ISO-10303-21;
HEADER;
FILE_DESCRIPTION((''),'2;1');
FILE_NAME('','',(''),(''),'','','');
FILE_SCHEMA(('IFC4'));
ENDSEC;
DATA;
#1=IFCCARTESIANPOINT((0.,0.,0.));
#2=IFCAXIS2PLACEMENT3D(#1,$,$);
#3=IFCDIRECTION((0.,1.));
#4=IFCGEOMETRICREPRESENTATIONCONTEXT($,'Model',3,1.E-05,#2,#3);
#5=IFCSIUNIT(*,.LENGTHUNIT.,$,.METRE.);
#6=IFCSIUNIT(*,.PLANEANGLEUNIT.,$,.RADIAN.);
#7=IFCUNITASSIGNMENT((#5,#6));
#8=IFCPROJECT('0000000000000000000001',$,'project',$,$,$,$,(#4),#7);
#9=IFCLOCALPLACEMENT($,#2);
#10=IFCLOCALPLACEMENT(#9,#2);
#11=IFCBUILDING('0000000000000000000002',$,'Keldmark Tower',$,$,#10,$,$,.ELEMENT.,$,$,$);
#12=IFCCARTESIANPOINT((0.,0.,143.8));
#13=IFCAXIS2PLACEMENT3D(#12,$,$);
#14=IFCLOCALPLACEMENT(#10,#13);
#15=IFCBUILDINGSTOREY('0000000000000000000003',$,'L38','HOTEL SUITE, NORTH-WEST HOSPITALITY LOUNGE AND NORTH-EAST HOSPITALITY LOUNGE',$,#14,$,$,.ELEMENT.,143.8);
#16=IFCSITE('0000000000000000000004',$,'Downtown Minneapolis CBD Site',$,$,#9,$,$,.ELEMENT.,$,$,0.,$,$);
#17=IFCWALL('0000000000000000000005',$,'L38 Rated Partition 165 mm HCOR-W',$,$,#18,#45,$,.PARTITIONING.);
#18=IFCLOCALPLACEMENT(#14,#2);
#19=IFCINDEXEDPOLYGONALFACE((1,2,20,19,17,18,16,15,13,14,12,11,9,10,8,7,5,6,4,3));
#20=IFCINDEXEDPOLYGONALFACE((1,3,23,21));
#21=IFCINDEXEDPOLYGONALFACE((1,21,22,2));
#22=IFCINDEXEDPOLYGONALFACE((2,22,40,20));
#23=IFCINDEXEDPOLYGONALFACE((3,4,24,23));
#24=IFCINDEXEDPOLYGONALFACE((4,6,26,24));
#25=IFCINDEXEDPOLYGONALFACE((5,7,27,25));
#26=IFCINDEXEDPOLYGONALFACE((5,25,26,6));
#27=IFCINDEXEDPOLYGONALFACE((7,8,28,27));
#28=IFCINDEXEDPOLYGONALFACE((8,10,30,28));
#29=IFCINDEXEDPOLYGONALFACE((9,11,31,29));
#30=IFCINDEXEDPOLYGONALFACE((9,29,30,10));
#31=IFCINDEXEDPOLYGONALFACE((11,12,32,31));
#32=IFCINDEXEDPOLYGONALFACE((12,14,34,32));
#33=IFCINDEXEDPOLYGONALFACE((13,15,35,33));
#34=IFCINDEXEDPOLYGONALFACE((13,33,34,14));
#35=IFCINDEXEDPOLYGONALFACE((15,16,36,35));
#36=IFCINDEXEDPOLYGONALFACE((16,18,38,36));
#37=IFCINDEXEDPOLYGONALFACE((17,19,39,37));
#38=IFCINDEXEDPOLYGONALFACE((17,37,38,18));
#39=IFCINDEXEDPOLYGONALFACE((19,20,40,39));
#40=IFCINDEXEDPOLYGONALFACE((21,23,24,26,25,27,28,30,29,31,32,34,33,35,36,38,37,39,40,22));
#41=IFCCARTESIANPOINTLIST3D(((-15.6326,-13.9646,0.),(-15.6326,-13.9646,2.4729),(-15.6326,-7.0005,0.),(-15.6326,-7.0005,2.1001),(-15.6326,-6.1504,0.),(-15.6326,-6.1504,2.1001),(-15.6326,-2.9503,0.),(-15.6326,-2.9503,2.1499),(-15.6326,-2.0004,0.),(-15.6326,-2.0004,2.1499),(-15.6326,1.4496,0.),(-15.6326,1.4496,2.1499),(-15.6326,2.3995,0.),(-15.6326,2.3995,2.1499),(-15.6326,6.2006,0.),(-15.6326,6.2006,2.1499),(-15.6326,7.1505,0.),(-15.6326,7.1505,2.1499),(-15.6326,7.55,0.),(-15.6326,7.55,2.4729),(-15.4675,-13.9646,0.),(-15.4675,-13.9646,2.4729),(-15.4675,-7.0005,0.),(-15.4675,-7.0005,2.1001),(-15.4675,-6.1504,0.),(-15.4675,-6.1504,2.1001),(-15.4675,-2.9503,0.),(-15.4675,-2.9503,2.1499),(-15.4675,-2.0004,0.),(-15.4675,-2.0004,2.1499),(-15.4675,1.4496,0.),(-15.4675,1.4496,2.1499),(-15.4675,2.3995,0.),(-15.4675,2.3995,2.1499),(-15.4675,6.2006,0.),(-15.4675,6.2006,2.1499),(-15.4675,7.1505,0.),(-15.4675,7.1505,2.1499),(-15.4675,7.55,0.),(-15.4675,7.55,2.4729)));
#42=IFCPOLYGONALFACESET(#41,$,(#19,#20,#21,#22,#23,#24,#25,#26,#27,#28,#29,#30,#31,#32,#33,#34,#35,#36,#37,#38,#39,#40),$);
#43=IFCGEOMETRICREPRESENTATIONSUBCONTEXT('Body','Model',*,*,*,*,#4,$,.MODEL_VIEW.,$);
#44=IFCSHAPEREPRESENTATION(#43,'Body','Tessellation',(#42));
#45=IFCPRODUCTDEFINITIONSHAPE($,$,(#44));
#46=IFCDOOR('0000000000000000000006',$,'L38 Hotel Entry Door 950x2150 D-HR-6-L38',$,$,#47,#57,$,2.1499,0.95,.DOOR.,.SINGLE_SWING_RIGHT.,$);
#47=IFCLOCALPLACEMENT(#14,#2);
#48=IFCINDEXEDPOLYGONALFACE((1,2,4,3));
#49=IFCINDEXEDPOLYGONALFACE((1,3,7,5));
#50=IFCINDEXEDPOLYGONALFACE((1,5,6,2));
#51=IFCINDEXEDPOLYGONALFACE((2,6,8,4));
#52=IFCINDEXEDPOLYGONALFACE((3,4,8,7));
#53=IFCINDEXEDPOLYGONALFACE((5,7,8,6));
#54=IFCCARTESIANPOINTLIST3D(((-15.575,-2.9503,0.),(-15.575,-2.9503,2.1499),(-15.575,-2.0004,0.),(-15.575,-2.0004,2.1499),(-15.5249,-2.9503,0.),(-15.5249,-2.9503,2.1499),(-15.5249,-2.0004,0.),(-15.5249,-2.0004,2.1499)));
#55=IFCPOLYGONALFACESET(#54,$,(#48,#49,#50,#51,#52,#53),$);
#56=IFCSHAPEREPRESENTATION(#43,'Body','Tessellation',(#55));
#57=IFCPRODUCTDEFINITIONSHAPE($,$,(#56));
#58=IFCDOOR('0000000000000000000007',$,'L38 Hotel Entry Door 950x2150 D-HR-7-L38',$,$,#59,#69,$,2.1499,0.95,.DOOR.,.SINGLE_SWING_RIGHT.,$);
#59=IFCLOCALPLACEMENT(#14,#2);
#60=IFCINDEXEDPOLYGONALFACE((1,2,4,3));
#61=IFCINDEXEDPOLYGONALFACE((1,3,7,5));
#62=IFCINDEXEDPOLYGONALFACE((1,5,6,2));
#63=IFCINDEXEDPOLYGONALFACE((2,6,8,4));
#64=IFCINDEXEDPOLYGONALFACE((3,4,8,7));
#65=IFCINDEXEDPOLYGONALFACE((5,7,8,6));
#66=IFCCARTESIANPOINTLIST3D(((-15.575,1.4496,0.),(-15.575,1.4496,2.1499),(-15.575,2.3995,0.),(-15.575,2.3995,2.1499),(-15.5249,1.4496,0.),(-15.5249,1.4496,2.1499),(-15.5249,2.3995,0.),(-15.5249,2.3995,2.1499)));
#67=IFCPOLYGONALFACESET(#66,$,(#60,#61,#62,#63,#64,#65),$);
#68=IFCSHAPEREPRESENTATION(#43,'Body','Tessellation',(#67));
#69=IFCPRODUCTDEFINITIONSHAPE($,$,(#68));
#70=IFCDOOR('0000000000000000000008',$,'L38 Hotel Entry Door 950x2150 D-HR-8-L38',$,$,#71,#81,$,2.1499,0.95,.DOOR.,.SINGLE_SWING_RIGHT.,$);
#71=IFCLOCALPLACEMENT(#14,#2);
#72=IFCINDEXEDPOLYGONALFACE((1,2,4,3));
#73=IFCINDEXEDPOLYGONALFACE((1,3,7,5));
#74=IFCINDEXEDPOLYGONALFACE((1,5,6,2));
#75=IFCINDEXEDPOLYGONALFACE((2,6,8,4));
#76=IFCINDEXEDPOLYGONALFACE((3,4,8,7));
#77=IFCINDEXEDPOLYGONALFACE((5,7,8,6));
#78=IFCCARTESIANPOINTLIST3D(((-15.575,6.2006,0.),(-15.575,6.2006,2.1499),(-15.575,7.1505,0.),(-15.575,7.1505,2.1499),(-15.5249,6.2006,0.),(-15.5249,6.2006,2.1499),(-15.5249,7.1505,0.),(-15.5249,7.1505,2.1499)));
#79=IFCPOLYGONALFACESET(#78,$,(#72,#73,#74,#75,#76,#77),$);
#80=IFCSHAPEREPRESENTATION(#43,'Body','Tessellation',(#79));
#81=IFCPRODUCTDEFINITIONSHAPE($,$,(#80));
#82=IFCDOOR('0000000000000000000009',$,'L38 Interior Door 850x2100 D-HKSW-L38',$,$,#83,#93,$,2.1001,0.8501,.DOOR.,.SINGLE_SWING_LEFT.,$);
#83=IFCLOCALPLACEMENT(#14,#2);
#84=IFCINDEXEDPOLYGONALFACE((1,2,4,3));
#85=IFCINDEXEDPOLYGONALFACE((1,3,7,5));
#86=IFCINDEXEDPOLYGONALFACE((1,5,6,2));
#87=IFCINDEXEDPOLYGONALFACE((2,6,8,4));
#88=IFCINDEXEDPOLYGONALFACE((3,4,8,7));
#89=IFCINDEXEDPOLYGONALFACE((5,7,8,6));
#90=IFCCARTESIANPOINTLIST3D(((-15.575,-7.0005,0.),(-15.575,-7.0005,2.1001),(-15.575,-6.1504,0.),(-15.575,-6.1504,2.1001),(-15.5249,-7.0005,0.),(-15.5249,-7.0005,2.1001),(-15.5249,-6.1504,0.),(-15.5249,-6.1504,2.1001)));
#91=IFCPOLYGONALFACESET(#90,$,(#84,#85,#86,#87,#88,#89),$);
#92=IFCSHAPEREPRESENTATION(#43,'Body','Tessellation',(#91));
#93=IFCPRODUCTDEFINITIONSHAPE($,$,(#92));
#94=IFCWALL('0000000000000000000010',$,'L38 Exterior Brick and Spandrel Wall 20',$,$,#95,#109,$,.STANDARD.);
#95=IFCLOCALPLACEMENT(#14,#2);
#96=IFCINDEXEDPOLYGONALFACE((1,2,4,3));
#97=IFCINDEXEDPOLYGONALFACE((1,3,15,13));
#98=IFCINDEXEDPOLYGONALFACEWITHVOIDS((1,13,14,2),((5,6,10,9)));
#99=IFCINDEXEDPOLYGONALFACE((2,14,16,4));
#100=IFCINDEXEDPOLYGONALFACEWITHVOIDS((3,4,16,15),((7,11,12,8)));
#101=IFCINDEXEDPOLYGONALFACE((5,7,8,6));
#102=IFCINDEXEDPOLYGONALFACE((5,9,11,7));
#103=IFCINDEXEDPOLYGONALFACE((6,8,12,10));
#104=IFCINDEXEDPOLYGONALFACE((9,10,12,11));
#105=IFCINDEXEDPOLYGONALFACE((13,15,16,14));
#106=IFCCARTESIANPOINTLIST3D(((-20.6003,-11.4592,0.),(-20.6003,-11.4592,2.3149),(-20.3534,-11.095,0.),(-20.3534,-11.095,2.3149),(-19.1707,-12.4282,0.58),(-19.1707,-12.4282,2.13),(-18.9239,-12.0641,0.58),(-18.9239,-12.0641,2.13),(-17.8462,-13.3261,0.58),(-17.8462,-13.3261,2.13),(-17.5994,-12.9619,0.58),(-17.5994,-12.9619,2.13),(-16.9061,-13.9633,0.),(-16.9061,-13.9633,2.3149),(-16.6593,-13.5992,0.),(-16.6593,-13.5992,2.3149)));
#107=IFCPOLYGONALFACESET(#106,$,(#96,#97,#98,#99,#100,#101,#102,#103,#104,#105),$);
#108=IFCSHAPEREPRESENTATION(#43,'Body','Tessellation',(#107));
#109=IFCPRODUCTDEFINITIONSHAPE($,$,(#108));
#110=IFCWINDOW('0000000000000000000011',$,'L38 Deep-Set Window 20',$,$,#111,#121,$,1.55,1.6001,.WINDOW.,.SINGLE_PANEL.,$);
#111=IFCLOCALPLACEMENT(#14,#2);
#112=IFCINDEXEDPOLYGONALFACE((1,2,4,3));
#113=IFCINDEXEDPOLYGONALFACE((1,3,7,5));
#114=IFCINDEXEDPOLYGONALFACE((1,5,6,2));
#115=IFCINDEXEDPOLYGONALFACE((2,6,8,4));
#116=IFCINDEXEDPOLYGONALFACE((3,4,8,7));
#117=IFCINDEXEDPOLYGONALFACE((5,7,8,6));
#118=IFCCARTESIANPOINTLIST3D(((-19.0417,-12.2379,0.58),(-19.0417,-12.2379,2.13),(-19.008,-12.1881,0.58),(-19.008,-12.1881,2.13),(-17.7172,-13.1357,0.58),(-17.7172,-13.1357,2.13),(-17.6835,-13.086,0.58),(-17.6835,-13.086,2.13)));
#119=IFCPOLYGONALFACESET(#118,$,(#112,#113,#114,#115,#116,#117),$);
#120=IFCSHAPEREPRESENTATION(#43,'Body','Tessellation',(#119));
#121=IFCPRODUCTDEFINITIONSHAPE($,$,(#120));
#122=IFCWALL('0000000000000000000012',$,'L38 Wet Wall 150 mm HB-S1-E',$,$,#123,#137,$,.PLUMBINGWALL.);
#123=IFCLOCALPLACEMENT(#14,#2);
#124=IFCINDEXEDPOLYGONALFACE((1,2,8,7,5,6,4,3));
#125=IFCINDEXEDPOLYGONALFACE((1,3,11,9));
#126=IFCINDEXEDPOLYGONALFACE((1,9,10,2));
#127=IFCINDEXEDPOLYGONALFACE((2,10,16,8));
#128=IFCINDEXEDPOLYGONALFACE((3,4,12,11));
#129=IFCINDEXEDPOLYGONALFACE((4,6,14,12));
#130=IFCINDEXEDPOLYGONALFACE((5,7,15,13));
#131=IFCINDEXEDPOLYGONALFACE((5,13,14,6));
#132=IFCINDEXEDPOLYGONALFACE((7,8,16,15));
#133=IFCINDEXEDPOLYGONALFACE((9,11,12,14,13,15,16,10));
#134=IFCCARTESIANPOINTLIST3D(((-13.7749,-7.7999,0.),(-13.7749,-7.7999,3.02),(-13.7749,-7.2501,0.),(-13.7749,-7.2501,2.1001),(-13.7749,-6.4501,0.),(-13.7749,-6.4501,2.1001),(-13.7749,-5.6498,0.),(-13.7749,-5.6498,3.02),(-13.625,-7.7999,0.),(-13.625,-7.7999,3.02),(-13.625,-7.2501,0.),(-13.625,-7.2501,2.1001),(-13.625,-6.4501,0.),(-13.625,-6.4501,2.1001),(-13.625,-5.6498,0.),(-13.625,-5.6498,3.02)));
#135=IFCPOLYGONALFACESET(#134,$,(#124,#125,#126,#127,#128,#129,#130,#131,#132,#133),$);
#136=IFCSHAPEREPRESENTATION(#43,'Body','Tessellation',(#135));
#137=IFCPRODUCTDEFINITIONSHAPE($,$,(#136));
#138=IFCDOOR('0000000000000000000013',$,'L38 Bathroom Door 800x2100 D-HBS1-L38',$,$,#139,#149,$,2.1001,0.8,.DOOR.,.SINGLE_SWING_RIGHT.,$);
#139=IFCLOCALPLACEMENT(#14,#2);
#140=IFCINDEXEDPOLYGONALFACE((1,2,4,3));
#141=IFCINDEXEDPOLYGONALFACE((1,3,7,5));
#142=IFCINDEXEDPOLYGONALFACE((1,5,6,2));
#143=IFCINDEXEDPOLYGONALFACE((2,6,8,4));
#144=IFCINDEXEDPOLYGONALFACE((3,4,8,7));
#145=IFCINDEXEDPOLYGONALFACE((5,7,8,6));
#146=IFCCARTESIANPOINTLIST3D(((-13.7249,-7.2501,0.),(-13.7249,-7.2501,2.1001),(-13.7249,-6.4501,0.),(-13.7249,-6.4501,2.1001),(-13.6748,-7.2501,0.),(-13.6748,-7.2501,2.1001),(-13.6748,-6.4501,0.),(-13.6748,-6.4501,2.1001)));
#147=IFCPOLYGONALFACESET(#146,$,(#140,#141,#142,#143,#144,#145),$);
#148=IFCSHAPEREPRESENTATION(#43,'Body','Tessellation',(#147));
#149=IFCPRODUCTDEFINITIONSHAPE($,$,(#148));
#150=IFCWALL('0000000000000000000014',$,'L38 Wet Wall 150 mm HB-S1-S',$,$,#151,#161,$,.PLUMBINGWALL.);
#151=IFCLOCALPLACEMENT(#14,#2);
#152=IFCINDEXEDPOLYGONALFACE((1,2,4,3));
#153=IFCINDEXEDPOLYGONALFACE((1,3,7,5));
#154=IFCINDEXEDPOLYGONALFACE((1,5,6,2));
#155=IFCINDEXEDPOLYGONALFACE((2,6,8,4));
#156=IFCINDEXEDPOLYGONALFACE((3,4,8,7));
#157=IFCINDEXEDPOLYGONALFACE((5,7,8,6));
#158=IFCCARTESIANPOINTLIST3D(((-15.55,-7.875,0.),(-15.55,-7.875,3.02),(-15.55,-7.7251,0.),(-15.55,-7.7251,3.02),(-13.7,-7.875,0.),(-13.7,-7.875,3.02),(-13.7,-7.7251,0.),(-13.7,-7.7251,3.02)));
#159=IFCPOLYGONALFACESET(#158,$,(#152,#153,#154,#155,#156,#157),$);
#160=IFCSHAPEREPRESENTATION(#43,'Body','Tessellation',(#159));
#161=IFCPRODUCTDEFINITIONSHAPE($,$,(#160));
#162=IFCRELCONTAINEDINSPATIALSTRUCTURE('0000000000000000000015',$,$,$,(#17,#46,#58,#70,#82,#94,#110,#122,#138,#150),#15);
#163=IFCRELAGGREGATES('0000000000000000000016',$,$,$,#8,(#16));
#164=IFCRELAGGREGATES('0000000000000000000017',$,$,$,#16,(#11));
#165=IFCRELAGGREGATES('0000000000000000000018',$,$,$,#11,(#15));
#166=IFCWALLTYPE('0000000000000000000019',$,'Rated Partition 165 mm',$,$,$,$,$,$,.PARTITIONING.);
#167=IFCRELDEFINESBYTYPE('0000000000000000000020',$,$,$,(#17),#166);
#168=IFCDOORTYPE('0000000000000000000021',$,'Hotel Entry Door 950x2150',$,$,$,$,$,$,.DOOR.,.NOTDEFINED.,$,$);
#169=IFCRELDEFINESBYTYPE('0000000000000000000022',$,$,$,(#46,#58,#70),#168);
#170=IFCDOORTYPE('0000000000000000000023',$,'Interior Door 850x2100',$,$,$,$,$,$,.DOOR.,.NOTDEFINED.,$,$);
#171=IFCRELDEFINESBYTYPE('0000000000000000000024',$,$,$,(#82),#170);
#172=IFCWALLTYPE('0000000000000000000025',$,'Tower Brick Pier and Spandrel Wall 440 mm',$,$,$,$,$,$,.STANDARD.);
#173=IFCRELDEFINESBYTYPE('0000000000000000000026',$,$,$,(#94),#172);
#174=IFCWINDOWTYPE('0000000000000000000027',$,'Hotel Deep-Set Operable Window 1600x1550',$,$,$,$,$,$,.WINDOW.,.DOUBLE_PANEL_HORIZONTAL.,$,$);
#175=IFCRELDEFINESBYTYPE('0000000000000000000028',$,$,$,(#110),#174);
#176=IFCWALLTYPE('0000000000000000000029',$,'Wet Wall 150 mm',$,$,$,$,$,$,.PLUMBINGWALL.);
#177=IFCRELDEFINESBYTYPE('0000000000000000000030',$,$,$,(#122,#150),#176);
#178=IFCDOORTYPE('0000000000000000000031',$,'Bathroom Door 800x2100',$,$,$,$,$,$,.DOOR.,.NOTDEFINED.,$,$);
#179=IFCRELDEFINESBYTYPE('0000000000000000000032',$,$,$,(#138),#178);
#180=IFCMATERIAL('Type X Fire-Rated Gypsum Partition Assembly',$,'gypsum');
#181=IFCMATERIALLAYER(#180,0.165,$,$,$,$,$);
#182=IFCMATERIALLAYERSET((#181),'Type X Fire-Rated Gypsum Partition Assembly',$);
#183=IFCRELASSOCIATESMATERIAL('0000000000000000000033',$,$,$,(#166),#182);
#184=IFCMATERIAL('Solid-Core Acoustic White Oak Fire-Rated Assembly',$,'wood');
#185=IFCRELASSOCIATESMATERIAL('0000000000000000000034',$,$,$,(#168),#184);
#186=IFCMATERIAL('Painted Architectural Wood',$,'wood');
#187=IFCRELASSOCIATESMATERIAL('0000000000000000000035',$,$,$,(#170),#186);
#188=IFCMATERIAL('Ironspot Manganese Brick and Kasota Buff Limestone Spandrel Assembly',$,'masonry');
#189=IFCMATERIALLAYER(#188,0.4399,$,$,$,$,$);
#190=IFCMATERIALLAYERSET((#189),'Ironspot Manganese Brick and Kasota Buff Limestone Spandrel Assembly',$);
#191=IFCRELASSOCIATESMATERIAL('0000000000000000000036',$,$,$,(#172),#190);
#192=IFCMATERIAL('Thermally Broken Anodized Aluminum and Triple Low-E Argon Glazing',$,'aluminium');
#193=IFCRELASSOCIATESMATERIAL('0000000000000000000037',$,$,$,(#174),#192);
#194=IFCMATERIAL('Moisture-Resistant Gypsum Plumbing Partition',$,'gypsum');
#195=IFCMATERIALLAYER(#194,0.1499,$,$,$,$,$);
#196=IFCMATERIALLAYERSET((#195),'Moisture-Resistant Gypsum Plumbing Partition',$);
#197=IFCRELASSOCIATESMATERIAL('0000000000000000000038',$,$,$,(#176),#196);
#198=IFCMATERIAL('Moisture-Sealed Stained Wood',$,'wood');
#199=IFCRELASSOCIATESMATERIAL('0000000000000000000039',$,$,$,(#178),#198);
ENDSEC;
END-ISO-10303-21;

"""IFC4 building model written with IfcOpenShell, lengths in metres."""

from ifc_helpers import new_model, si_unit, direction, frame, frame_2d, origin, place, context, subcontext, project, spatial, rectangle, extrude, material, layer, layer_set, type_object, element, fill, save


model = new_model("IFC4")

# Units and contexts
model_context = context("Model", 3, precision=1e-05, world=origin(), true_north=direction((0.0, 1.0)))
body_context = subcontext(model_context, "Body", "Model", "MODEL_VIEW")
ifc_project = project(units=[si_unit("LENGTHUNIT", "METRE"), si_unit("PLANEANGLEUNIT", "RADIAN")], contexts=[model_context])

# Site, building, storey
site_placement = place(None, origin())
site = spatial("IfcSite", under=ifc_project, at=site_placement, Name="Downtown Minneapolis CBD Site", CompositionType="ELEMENT", RefElevation=0.0)
building_placement = place(site_placement, origin())
building = spatial("IfcBuilding", under=site, at=building_placement, Name="Keldmark Tower", CompositionType="ELEMENT")
storey_placement = place(building_placement, frame((0.0, 0.0, 143.8)))
storey = spatial("IfcBuildingStorey", under=building, at=storey_placement, Name="L38", Description="HOTEL SUITE, NORTH-WEST HOSPITALITY LOUNGE AND NORTH-EAST HOSPITALITY LOUNGE", CompositionType="ELEMENT", Elevation=143.8)

# Wall, openings, doors
ifc_material_1 = material(Name="Type X Fire-Rated Gypsum Partition Assembly", Category="gypsum")
ifc_layer_1 = layer(ifc_material_1, 0.165)
ifc_layer_set_1 = layer_set([ifc_layer_1], Name="Type X Fire-Rated Gypsum Partition Assembly")
wall_type_1 = type_object("IfcWallType", Name="Rated Partition 165 mm", PredefinedType="PARTITIONING", material=ifc_layer_set_1)
ifc_material_2 = material(Name="Solid-Core Acoustic White Oak Fire-Rated Assembly", Category="wood")
door_type_1 = type_object("IfcDoorType", Name="Hotel Entry Door 950x2150", OperationType="NOTDEFINED", PredefinedType="DOOR", material=ifc_material_2)
wall_1_placement = place(storey_placement, frame((-15.55, -13.9646, 0.0), z_axis=(0.0, 0.0, 1.0), x_axis=(0.0, 1.0, 0.0)))
wall_1 = element("IfcWall", 1, at=wall_1_placement, inside=storey, type_object=wall_type_1, Name="L38 Rated Partition 165 mm HCOR-W", PredefinedType="PARTITIONING", context=body_context, shape_type="SweptSolid", body=[
    extrude(rectangle(XDim=21.5146, YDim=0.165, at=frame_2d((10.7573, 0.0))), origin(), (0.0, 0.0, 1.0), 2.4729),
])
opening_1_placement = place(wall_1_placement, frame((6.9641, 0.0, 0.0)))
opening_1 = element("IfcOpeningElement", 2, at=opening_1_placement, cuts=wall_1, PredefinedType="OPENING", context=body_context, shape_type="SweptSolid", body=[
    extrude(rectangle(XDim=0.8501, YDim=2.1001, at=frame_2d((0.425, 1.05))), frame((0.0, 0.0925, 0.0), z_axis=(0.0, -1.0, 0.0), x_axis=(1.0, 0.0, 0.0)), (0.0, 0.0, 1.0), 0.1851),
])
opening_2_placement = place(wall_1_placement, frame((11.0142, 0.0, 0.0)))
opening_2 = element("IfcOpeningElement", 3, at=opening_2_placement, cuts=wall_1, PredefinedType="OPENING", context=body_context, shape_type="SweptSolid", body=[
    extrude(rectangle(XDim=0.95, YDim=2.1499, at=frame_2d((0.4751, 1.075))), frame((0.0, 0.0925, 0.0), z_axis=(0.0, -1.0, 0.0), x_axis=(1.0, 0.0, 0.0)), (0.0, 0.0, 1.0), 0.1851),
])
opening_3_placement = place(wall_1_placement, frame((15.4141, 0.0, 0.0)))
opening_3 = element("IfcOpeningElement", 4, at=opening_3_placement, cuts=wall_1, PredefinedType="OPENING", context=body_context, shape_type="SweptSolid", body=[
    extrude(rectangle(XDim=0.95, YDim=2.1499, at=frame_2d((0.4751, 1.075))), frame((0.0, 0.0925, 0.0), z_axis=(0.0, -1.0, 0.0), x_axis=(1.0, 0.0, 0.0)), (0.0, 0.0, 1.0), 0.1851),
])
opening_4_placement = place(wall_1_placement, frame((20.165, 0.0, 0.0)))
opening_4 = element("IfcOpeningElement", 5, at=opening_4_placement, cuts=wall_1, PredefinedType="OPENING", context=body_context, shape_type="SweptSolid", body=[
    extrude(rectangle(XDim=0.95, YDim=2.1499, at=frame_2d((0.4751, 1.075))), frame((0.0, 0.0925, 0.0), z_axis=(0.0, -1.0, 0.0), x_axis=(1.0, 0.0, 0.0)), (0.0, 0.0, 1.0), 0.1851),
])
door_1_placement = place(opening_2_placement, origin())
door_1 = element("IfcDoor", 6, at=door_1_placement, inside=storey, type_object=door_type_1, Name="L38 Hotel Entry Door 950x2150 D-HR-6-L38", OperationType="SINGLE_SWING_RIGHT", OverallHeight=2.1499, OverallWidth=0.95, PredefinedType="DOOR", context=body_context, shape_type="SweptSolid", body=[
    extrude(rectangle(XDim=0.95, YDim=2.1499, at=frame_2d((0.4751, 1.075))), frame((0.0, 0.0249, 0.0), z_axis=(0.0, -1.0, 0.0), x_axis=(1.0, 0.0, 0.0)), (0.0, 0.0, 1.0), 0.05),
])
fill(opening_2, door_1)
door_2_placement = place(opening_3_placement, origin())
door_2 = element("IfcDoor", 7, at=door_2_placement, inside=storey, type_object=door_type_1, Name="L38 Hotel Entry Door 950x2150 D-HR-7-L38", OperationType="SINGLE_SWING_RIGHT", OverallHeight=2.1499, OverallWidth=0.95, PredefinedType="DOOR", context=body_context, shape_type="SweptSolid", body=[
    extrude(rectangle(XDim=0.95, YDim=2.1499, at=frame_2d((0.4751, 1.075))), frame((0.0, 0.0249, 0.0), z_axis=(0.0, -1.0, 0.0), x_axis=(1.0, 0.0, 0.0)), (0.0, 0.0, 1.0), 0.05),
])
fill(opening_3, door_2)
door_3_placement = place(opening_4_placement, origin())
door_3 = element("IfcDoor", 8, at=door_3_placement, inside=storey, type_object=door_type_1, Name="L38 Hotel Entry Door 950x2150 D-HR-8-L38", OperationType="SINGLE_SWING_RIGHT", OverallHeight=2.1499, OverallWidth=0.95, PredefinedType="DOOR", context=body_context, shape_type="SweptSolid", body=[
    extrude(rectangle(XDim=0.95, YDim=2.1499, at=frame_2d((0.4751, 1.075))), frame((0.0, 0.0249, 0.0), z_axis=(0.0, -1.0, 0.0), x_axis=(1.0, 0.0, 0.0)), (0.0, 0.0, 1.0), 0.05),
])
fill(opening_4, door_3)
ifc_material_3 = material(Name="Painted Architectural Wood", Category="wood")
door_type_2 = type_object("IfcDoorType", Name="Interior Door 850x2100", OperationType="NOTDEFINED", PredefinedType="DOOR", material=ifc_material_3)
door_4_placement = place(opening_1_placement, origin())
door_4 = element("IfcDoor", 9, at=door_4_placement, inside=storey, type_object=door_type_2, Name="L38 Interior Door 850x2100 D-HKSW-L38", OperationType="SINGLE_SWING_LEFT", OverallHeight=2.1001, OverallWidth=0.8501, PredefinedType="DOOR", context=body_context, shape_type="SweptSolid", body=[
    extrude(rectangle(XDim=0.8501, YDim=2.1001, at=frame_2d((0.425, 1.05))), frame((0.0, 0.0249, 0.0), z_axis=(0.0, -1.0, 0.0), x_axis=(1.0, 0.0, 0.0)), (0.0, 0.0, 1.0), 0.05),
])
fill(opening_1, door_4)

# Wall, opening, window
ifc_material_4 = material(Name="Ironspot Manganese Brick and Kasota Buff Limestone Spandrel Assembly", Category="masonry")
ifc_layer_2 = layer(ifc_material_4, 0.4399)
ifc_layer_set_2 = layer_set([ifc_layer_2], Name="Ironspot Manganese Brick and Kasota Buff Limestone Spandrel Assembly")
wall_type_2 = type_object("IfcWallType", Name="Tower Brick Pier and Spandrel Wall 440 mm", PredefinedType="STANDARD", material=ifc_layer_set_2)
wall_2_placement = place(storey_placement, frame((-16.7827, -13.7812, 0.0), z_axis=(0.0, 0.0, 1.0), x_axis=(-0.827742, 0.561109, 0.0)))
wall_2 = element("IfcWall", 10, at=wall_2_placement, inside=storey, type_object=wall_type_2, Name="L38 Exterior Brick and Spandrel Wall 20", PredefinedType="STANDARD", context=body_context, shape_type="SweptSolid", body=[
    extrude(rectangle(XDim=4.4629, YDim=0.4399, at=frame_2d((2.2314, 0.0))), origin(), (0.0, 0.0, 1.0), 2.3149),
])
opening_5_placement = place(wall_2_placement, frame((1.1357, 0.0, 0.5801)))
opening_5 = element("IfcOpeningElement", 11, at=opening_5_placement, cuts=wall_2, PredefinedType="OPENING", context=body_context, shape_type="SweptSolid", body=[
    extrude(rectangle(XDim=1.6001, YDim=1.55, at=frame_2d((0.8, 0.7749))), frame((0.0, 0.23, 0.0), z_axis=(0.0, -1.0, 0.0), x_axis=(1.0, 0.0, 0.0)), (0.0, 0.0, 1.0), 0.46),
])
ifc_material_5 = material(Name="Thermally Broken Anodized Aluminum and Triple Low-E Argon Glazing", Category="aluminium")
window_type = type_object("IfcWindowType", Name="Hotel Deep-Set Operable Window 1600x1550", PartitioningType="DOUBLE_PANEL_HORIZONTAL", PredefinedType="WINDOW", material=ifc_material_5)
window_placement = place(opening_5_placement, origin())
window = element("IfcWindow", 12, at=window_placement, inside=storey, type_object=window_type, Name="L38 Deep-Set Window 20", OverallHeight=1.55, OverallWidth=1.6001, PartitioningType="SINGLE_PANEL", PredefinedType="WINDOW", context=body_context, shape_type="SweptSolid", body=[
    extrude(rectangle(XDim=1.6001, YDim=1.55, at=frame_2d((0.8, 0.7749))), frame((0.0, -0.01, 0.0), z_axis=(0.0, -1.0, 0.0), x_axis=(1.0, 0.0, 0.0)), (0.0, 0.0, 1.0), 0.0601),
])
fill(opening_5, window)

# Wall, opening, door
ifc_material_6 = material(Name="Moisture-Resistant Gypsum Plumbing Partition", Category="gypsum")
ifc_layer_3 = layer(ifc_material_6, 0.1499)
ifc_layer_set_3 = layer_set([ifc_layer_3], Name="Moisture-Resistant Gypsum Plumbing Partition")
wall_type_3 = type_object("IfcWallType", Name="Wet Wall 150 mm", PredefinedType="PLUMBINGWALL", material=ifc_layer_set_3)
wall_3_placement = place(storey_placement, frame((-13.7, -7.8, 0.0), z_axis=(0.0, 0.0, 1.0), x_axis=(0.0, 1.0, 0.0)))
wall_3 = element("IfcWall", 13, at=wall_3_placement, inside=storey, type_object=wall_type_3, Name="L38 Wet Wall 150 mm HB-S1-E", PredefinedType="PLUMBINGWALL", context=body_context, shape_type="SweptSolid", body=[
    extrude(rectangle(XDim=2.1501, YDim=0.1499, at=frame_2d((1.0752, 0.0))), origin(), (0.0, 0.0, 1.0), 3.02),
])
opening_6_placement = place(wall_3_placement, frame((0.55, 0.0, 0.0)))
opening_6 = element("IfcOpeningElement", 14, at=opening_6_placement, cuts=wall_3, PredefinedType="OPENING", context=body_context, shape_type="SweptSolid", body=[
    extrude(rectangle(XDim=0.8, YDim=2.1001, at=frame_2d((0.3999, 1.05))), frame((0.0, 0.085, 0.0), z_axis=(0.0, -1.0, 0.0), x_axis=(1.0, 0.0, 0.0)), (0.0, 0.0, 1.0), 0.1699),
])
ifc_material_7 = material(Name="Moisture-Sealed Stained Wood", Category="wood")
door_type_3 = type_object("IfcDoorType", Name="Bathroom Door 800x2100", OperationType="NOTDEFINED", PredefinedType="DOOR", material=ifc_material_7)
door_5_placement = place(opening_6_placement, origin())
door_5 = element("IfcDoor", 15, at=door_5_placement, inside=storey, type_object=door_type_3, Name="L38 Bathroom Door 800x2100 D-HBS1-L38", OperationType="SINGLE_SWING_RIGHT", OverallHeight=2.1001, OverallWidth=0.8, PredefinedType="DOOR", context=body_context, shape_type="SweptSolid", body=[
    extrude(rectangle(XDim=0.8, YDim=2.1001, at=frame_2d((0.3999, 1.05))), frame((0.0, 0.0249, 0.0), z_axis=(0.0, -1.0, 0.0), x_axis=(1.0, 0.0, 0.0)), (0.0, 0.0, 1.0), 0.05),
])
fill(opening_6, door_5)

# Wall
wall_4_placement = place(storey_placement, frame((-15.55, -7.8, 0.0), z_axis=(0.0, 0.0, 1.0), x_axis=(1.0, 0.0, 0.0)))
element("IfcWall", 16, at=wall_4_placement, inside=storey, type_object=wall_type_3, Name="L38 Wet Wall 150 mm HB-S1-S", PredefinedType="PLUMBINGWALL", context=body_context, shape_type="SweptSolid", body=[
    extrude(rectangle(XDim=1.8501, YDim=0.1499, at=frame_2d((0.925, 0.0))), origin(), (0.0, 0.0, 1.0), 3.02),
])

save(model, "model.ifc")
